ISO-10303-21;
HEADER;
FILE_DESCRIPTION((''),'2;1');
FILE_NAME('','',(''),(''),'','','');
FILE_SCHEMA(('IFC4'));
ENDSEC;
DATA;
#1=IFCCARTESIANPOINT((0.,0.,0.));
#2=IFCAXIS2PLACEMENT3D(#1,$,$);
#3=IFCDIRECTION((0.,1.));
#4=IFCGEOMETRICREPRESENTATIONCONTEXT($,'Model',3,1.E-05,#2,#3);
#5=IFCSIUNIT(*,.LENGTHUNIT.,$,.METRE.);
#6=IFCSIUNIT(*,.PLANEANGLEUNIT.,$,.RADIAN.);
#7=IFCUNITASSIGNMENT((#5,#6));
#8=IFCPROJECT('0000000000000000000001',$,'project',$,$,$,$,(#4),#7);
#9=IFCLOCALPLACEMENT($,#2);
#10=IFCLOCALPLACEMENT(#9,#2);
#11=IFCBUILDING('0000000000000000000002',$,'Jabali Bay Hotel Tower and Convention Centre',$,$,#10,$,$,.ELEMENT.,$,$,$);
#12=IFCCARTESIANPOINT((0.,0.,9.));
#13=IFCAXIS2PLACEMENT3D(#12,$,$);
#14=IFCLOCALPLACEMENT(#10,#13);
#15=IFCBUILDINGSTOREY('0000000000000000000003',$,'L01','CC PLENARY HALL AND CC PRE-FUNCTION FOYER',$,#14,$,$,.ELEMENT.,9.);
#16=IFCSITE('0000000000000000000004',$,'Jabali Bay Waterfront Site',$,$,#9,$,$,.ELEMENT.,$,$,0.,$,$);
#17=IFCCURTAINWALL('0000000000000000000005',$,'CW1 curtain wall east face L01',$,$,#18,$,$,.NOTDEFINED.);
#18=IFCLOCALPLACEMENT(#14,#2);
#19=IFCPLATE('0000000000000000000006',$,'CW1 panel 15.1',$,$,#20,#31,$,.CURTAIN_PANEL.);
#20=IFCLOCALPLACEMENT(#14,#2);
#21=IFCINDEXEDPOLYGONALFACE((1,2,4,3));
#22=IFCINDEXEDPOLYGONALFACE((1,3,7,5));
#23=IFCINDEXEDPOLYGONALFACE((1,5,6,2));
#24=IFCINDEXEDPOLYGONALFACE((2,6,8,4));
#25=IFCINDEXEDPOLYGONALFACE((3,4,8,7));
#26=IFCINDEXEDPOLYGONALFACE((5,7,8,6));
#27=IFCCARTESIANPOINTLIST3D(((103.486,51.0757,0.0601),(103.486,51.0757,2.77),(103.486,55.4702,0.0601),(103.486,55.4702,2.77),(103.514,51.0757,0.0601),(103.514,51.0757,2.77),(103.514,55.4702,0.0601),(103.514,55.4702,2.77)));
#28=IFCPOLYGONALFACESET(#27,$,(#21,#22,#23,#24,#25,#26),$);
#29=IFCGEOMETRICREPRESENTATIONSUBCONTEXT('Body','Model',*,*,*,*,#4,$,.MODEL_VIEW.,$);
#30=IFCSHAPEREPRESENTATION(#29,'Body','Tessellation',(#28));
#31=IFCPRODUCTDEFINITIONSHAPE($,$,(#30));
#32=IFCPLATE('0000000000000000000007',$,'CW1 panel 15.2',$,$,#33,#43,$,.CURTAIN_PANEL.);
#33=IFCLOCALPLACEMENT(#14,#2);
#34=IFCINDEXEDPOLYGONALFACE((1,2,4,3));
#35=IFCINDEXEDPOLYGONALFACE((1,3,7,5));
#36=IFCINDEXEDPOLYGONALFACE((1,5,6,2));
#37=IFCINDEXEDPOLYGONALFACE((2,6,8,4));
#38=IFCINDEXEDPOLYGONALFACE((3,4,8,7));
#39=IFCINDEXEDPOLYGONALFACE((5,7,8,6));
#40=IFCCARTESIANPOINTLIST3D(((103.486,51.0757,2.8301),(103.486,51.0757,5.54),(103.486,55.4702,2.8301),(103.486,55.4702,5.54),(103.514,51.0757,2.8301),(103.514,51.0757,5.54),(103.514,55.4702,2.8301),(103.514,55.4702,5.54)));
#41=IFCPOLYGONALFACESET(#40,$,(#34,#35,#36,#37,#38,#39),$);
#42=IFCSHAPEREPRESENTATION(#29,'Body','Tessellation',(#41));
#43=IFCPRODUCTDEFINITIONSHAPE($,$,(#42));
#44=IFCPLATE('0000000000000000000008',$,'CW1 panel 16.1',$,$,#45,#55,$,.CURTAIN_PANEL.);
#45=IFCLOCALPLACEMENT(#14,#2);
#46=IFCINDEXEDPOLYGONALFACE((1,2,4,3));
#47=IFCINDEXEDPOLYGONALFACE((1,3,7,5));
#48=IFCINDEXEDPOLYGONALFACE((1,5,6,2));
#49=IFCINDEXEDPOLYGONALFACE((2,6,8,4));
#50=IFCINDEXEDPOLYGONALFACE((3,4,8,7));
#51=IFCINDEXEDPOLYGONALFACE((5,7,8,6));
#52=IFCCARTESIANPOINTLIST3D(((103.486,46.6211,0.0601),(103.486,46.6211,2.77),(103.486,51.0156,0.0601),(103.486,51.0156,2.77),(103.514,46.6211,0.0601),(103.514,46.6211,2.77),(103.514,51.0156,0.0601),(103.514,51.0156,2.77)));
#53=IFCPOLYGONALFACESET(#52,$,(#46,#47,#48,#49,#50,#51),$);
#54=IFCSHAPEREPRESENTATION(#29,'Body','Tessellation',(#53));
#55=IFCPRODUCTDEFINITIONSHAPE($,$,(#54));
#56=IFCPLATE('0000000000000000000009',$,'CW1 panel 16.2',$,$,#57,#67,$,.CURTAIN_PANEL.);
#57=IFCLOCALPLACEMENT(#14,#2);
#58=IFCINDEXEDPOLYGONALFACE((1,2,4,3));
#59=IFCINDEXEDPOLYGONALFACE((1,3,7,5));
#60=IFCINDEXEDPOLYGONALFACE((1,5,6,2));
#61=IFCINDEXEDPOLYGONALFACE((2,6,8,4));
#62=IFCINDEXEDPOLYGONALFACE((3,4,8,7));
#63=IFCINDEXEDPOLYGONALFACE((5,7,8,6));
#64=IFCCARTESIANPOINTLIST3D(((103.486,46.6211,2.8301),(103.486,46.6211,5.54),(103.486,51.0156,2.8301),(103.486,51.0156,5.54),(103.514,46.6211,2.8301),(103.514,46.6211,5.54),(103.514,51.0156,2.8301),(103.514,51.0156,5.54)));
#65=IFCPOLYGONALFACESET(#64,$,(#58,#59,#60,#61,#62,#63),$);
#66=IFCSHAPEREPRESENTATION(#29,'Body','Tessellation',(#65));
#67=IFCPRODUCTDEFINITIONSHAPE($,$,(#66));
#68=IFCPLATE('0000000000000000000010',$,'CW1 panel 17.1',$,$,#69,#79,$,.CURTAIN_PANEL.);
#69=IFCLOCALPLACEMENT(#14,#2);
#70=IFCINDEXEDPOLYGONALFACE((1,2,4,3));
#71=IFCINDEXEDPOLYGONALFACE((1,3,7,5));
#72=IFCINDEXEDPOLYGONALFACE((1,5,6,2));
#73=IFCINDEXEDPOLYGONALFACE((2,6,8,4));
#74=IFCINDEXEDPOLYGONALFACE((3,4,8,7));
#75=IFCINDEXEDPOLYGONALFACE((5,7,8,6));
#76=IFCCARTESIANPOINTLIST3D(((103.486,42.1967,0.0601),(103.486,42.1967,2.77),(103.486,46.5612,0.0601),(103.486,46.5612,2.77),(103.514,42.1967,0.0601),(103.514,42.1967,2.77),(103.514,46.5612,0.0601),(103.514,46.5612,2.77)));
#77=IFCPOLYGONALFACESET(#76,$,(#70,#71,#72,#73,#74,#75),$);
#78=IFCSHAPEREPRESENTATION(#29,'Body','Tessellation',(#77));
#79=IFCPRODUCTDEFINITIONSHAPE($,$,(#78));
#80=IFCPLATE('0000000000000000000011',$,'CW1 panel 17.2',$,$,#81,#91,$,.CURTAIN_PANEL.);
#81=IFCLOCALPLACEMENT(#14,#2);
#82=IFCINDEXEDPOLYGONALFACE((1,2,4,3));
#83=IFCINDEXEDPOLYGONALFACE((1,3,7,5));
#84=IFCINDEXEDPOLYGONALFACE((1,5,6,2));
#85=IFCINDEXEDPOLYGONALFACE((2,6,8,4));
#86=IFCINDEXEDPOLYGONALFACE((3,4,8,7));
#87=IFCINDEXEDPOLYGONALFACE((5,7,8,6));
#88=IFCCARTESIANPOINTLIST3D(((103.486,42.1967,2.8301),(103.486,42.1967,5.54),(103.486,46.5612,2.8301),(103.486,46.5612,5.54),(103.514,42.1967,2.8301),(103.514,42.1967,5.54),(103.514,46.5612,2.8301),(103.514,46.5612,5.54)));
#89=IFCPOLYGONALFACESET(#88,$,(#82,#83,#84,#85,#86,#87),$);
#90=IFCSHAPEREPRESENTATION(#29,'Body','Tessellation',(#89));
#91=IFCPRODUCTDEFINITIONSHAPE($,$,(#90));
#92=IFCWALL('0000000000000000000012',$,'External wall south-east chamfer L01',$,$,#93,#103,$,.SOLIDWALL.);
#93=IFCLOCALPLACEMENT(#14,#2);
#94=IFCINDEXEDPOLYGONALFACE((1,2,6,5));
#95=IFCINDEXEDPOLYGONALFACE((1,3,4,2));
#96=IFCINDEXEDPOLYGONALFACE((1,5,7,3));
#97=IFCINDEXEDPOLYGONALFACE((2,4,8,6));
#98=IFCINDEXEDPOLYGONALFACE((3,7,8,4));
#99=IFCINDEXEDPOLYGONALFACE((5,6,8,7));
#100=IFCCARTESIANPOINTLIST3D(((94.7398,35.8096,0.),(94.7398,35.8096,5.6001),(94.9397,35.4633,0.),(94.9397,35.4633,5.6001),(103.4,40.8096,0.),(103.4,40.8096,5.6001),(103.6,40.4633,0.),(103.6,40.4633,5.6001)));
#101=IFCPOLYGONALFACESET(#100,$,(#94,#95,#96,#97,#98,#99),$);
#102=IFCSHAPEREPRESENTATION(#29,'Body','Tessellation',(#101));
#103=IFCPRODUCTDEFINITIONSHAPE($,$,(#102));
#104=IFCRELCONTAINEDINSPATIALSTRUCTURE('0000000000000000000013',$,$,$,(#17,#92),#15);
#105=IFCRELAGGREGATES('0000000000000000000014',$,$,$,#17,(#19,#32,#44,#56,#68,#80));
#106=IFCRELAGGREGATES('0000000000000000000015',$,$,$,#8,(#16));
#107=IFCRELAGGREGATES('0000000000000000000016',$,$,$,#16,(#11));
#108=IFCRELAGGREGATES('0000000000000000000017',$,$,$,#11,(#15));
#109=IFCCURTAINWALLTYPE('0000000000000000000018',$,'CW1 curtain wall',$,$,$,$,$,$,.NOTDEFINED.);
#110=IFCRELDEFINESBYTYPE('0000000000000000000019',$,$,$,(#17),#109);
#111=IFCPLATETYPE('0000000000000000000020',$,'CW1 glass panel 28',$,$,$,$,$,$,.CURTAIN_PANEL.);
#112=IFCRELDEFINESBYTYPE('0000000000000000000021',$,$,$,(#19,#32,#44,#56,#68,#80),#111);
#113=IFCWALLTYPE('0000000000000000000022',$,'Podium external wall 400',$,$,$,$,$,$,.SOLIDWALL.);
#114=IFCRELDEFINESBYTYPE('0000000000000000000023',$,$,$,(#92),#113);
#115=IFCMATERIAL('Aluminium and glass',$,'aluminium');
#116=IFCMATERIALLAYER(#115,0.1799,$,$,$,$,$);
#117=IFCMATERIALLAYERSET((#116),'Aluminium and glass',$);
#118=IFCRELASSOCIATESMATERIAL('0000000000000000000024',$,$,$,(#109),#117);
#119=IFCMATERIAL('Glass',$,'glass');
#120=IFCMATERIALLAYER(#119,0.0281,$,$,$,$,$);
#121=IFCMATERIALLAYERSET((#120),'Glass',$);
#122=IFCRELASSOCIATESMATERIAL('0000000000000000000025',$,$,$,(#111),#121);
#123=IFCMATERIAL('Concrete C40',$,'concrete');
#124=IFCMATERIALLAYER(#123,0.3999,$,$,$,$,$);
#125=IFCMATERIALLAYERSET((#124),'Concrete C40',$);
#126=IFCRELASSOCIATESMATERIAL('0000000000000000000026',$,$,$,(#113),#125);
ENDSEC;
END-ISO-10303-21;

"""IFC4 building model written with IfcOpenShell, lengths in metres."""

from ifc_helpers import new_model, si_unit, direction, frame, frame_2d, origin, origin_2d, place, context, subcontext, project, spatial, rectangle, extrude, material, layer, layer_set, type_object, element, aggregate, save


model = new_model("IFC4")

# Units and contexts
model_context = context("Model", 3, precision=1e-05, world=origin(), true_north=direction((0.0, 1.0)))
body_context = subcontext(model_context, "Body", "Model", "MODEL_VIEW")
ifc_project = project(units=[si_unit("LENGTHUNIT", "METRE"), si_unit("PLANEANGLEUNIT", "RADIAN")], contexts=[model_context])

# Site, building, storey
site_placement = place(None, origin())
site = spatial("IfcSite", under=ifc_project, at=site_placement, Name="Jabali Bay Waterfront Site", CompositionType="ELEMENT", RefElevation=0.0)
building_placement = place(site_placement, origin())
building = spatial("IfcBuilding", under=site, at=building_placement, Name="Jabali Bay Hotel Tower and Convention Centre", CompositionType="ELEMENT")
storey_placement = place(building_placement, frame((0.0, 0.0, 9.0)))
storey = spatial("IfcBuildingStorey", under=building, at=storey_placement, Name="L01", Description="CC PLENARY HALL AND CC PRE-FUNCTION FOYER", CompositionType="ELEMENT", Elevation=9.0)

# Curtain wall, plates
ifc_material_1 = material(Name="Aluminium and glass", Category="aluminium")
ifc_layer_1 = layer(ifc_material_1, 0.1799)
ifc_layer_set_1 = layer_set([ifc_layer_1], Name="Aluminium and glass")
curtain_wall_type = type_object("IfcCurtainWallType", Name="CW1 curtain wall", PredefinedType="NOTDEFINED", material=ifc_layer_set_1)
curtain_wall_placement = place(storey_placement, origin())
curtain_wall = element("IfcCurtainWall", 1, at=curtain_wall_placement, inside=storey, type_object=curtain_wall_type, Name="CW1 curtain wall east face L01", PredefinedType="NOTDEFINED")
ifc_material_2 = material(Name="Glass", Category="glass")
ifc_layer_2 = layer(ifc_material_2, 0.0281)
ifc_layer_set_2 = layer_set([ifc_layer_2], Name="Glass")
plate_type = type_object("IfcPlateType", Name="CW1 glass panel 28", PredefinedType="CURTAIN_PANEL", material=ifc_layer_set_2)
plate_1_placement = place(storey_placement, frame((103.5, 53.2729, 0.0601), z_axis=(0.0, 0.0, 1.0), x_axis=(0.0, -1.0, 0.0)))
plate_1 = element("IfcPlate", 2, at=plate_1_placement, type_object=plate_type, Name="CW1 panel 15.1", PredefinedType="CURTAIN_PANEL", context=body_context, shape_type="SweptSolid", body=[
    extrude(rectangle(XDim=4.3945, YDim=0.0281, at=origin_2d()), origin(), (0.0, 0.0, 1.0), 2.71),
])
plate_2_placement = place(storey_placement, frame((103.5, 53.2729, 2.8301), z_axis=(0.0, 0.0, 1.0), x_axis=(0.0, -1.0, 0.0)))
plate_2 = element("IfcPlate", 3, at=plate_2_placement, type_object=plate_type, Name="CW1 panel 15.2", PredefinedType="CURTAIN_PANEL", context=body_context, shape_type="SweptSolid", body=[
    extrude(rectangle(XDim=4.3945, YDim=0.0281, at=origin_2d()), origin(), (0.0, 0.0, 1.0), 2.71),
])
plate_3_placement = place(storey_placement, frame((103.5, 48.8184, 0.0601), z_axis=(0.0, 0.0, 1.0), x_axis=(0.0, -1.0, 0.0)))
plate_3 = element("IfcPlate", 4, at=plate_3_placement, type_object=plate_type, Name="CW1 panel 16.1", PredefinedType="CURTAIN_PANEL", context=body_context, shape_type="SweptSolid", body=[
    extrude(rectangle(XDim=4.3945, YDim=0.0281, at=origin_2d()), origin(), (0.0, 0.0, 1.0), 2.71),
])
plate_4_placement = place(storey_placement, frame((103.5, 48.8184, 2.8301), z_axis=(0.0, 0.0, 1.0), x_axis=(0.0, -1.0, 0.0)))
plate_4 = element("IfcPlate", 5, at=plate_4_placement, type_object=plate_type, Name="CW1 panel 16.2", PredefinedType="CURTAIN_PANEL", context=body_context, shape_type="SweptSolid", body=[
    extrude(rectangle(XDim=4.3945, YDim=0.0281, at=origin_2d()), origin(), (0.0, 0.0, 1.0), 2.71),
])
plate_5_placement = place(storey_placement, frame((103.5, 44.3789, 0.0601), z_axis=(0.0, 0.0, 1.0), x_axis=(0.0, -1.0, 0.0)))
plate_5 = element("IfcPlate", 6, at=plate_5_placement, type_object=plate_type, Name="CW1 panel 17.1", PredefinedType="CURTAIN_PANEL", context=body_context, shape_type="SweptSolid", body=[
    extrude(rectangle(XDim=4.3645, YDim=0.0281, at=origin_2d()), origin(), (0.0, 0.0, 1.0), 2.71),
])
plate_6_placement = place(storey_placement, frame((103.5, 44.3789, 2.8301), z_axis=(0.0, 0.0, 1.0), x_axis=(0.0, -1.0, 0.0)))
plate_6 = element("IfcPlate", 7, at=plate_6_placement, type_object=plate_type, Name="CW1 panel 17.2", PredefinedType="CURTAIN_PANEL", context=body_context, shape_type="SweptSolid", body=[
    extrude(rectangle(XDim=4.3645, YDim=0.0281, at=origin_2d()), origin(), (0.0, 0.0, 1.0), 2.71),
])
aggregate(curtain_wall, [plate_1, plate_2, plate_3, plate_4, plate_5, plate_6])

# Wall
ifc_material_3 = material(Name="Concrete C40", Category="concrete")
ifc_layer_3 = layer(ifc_material_3, 0.3999)
ifc_layer_set_3 = layer_set([ifc_layer_3], Name="Concrete C40")
wall_type = type_object("IfcWallType", Name="Podium external wall 400", PredefinedType="SOLIDWALL", material=ifc_layer_set_3)
wall_placement = place(storey_placement, frame((103.5, 40.6365, 0.0), z_axis=(0.0, 0.0, 1.0), x_axis=(-0.866023, -0.500004, 0.0)))
element("IfcWall", 8, at=wall_placement, inside=storey, type_object=wall_type, Name="External wall south-east chamfer L01", PredefinedType="SOLIDWALL", context=body_context, shape_type="SweptSolid", body=[
    extrude(rectangle(XDim=10.0, YDim=0.3999, at=frame_2d((5.0, 0.0))), origin(), (0.0, 0.0, 1.0), 5.6001),
])

save(model, "model.ifc")
